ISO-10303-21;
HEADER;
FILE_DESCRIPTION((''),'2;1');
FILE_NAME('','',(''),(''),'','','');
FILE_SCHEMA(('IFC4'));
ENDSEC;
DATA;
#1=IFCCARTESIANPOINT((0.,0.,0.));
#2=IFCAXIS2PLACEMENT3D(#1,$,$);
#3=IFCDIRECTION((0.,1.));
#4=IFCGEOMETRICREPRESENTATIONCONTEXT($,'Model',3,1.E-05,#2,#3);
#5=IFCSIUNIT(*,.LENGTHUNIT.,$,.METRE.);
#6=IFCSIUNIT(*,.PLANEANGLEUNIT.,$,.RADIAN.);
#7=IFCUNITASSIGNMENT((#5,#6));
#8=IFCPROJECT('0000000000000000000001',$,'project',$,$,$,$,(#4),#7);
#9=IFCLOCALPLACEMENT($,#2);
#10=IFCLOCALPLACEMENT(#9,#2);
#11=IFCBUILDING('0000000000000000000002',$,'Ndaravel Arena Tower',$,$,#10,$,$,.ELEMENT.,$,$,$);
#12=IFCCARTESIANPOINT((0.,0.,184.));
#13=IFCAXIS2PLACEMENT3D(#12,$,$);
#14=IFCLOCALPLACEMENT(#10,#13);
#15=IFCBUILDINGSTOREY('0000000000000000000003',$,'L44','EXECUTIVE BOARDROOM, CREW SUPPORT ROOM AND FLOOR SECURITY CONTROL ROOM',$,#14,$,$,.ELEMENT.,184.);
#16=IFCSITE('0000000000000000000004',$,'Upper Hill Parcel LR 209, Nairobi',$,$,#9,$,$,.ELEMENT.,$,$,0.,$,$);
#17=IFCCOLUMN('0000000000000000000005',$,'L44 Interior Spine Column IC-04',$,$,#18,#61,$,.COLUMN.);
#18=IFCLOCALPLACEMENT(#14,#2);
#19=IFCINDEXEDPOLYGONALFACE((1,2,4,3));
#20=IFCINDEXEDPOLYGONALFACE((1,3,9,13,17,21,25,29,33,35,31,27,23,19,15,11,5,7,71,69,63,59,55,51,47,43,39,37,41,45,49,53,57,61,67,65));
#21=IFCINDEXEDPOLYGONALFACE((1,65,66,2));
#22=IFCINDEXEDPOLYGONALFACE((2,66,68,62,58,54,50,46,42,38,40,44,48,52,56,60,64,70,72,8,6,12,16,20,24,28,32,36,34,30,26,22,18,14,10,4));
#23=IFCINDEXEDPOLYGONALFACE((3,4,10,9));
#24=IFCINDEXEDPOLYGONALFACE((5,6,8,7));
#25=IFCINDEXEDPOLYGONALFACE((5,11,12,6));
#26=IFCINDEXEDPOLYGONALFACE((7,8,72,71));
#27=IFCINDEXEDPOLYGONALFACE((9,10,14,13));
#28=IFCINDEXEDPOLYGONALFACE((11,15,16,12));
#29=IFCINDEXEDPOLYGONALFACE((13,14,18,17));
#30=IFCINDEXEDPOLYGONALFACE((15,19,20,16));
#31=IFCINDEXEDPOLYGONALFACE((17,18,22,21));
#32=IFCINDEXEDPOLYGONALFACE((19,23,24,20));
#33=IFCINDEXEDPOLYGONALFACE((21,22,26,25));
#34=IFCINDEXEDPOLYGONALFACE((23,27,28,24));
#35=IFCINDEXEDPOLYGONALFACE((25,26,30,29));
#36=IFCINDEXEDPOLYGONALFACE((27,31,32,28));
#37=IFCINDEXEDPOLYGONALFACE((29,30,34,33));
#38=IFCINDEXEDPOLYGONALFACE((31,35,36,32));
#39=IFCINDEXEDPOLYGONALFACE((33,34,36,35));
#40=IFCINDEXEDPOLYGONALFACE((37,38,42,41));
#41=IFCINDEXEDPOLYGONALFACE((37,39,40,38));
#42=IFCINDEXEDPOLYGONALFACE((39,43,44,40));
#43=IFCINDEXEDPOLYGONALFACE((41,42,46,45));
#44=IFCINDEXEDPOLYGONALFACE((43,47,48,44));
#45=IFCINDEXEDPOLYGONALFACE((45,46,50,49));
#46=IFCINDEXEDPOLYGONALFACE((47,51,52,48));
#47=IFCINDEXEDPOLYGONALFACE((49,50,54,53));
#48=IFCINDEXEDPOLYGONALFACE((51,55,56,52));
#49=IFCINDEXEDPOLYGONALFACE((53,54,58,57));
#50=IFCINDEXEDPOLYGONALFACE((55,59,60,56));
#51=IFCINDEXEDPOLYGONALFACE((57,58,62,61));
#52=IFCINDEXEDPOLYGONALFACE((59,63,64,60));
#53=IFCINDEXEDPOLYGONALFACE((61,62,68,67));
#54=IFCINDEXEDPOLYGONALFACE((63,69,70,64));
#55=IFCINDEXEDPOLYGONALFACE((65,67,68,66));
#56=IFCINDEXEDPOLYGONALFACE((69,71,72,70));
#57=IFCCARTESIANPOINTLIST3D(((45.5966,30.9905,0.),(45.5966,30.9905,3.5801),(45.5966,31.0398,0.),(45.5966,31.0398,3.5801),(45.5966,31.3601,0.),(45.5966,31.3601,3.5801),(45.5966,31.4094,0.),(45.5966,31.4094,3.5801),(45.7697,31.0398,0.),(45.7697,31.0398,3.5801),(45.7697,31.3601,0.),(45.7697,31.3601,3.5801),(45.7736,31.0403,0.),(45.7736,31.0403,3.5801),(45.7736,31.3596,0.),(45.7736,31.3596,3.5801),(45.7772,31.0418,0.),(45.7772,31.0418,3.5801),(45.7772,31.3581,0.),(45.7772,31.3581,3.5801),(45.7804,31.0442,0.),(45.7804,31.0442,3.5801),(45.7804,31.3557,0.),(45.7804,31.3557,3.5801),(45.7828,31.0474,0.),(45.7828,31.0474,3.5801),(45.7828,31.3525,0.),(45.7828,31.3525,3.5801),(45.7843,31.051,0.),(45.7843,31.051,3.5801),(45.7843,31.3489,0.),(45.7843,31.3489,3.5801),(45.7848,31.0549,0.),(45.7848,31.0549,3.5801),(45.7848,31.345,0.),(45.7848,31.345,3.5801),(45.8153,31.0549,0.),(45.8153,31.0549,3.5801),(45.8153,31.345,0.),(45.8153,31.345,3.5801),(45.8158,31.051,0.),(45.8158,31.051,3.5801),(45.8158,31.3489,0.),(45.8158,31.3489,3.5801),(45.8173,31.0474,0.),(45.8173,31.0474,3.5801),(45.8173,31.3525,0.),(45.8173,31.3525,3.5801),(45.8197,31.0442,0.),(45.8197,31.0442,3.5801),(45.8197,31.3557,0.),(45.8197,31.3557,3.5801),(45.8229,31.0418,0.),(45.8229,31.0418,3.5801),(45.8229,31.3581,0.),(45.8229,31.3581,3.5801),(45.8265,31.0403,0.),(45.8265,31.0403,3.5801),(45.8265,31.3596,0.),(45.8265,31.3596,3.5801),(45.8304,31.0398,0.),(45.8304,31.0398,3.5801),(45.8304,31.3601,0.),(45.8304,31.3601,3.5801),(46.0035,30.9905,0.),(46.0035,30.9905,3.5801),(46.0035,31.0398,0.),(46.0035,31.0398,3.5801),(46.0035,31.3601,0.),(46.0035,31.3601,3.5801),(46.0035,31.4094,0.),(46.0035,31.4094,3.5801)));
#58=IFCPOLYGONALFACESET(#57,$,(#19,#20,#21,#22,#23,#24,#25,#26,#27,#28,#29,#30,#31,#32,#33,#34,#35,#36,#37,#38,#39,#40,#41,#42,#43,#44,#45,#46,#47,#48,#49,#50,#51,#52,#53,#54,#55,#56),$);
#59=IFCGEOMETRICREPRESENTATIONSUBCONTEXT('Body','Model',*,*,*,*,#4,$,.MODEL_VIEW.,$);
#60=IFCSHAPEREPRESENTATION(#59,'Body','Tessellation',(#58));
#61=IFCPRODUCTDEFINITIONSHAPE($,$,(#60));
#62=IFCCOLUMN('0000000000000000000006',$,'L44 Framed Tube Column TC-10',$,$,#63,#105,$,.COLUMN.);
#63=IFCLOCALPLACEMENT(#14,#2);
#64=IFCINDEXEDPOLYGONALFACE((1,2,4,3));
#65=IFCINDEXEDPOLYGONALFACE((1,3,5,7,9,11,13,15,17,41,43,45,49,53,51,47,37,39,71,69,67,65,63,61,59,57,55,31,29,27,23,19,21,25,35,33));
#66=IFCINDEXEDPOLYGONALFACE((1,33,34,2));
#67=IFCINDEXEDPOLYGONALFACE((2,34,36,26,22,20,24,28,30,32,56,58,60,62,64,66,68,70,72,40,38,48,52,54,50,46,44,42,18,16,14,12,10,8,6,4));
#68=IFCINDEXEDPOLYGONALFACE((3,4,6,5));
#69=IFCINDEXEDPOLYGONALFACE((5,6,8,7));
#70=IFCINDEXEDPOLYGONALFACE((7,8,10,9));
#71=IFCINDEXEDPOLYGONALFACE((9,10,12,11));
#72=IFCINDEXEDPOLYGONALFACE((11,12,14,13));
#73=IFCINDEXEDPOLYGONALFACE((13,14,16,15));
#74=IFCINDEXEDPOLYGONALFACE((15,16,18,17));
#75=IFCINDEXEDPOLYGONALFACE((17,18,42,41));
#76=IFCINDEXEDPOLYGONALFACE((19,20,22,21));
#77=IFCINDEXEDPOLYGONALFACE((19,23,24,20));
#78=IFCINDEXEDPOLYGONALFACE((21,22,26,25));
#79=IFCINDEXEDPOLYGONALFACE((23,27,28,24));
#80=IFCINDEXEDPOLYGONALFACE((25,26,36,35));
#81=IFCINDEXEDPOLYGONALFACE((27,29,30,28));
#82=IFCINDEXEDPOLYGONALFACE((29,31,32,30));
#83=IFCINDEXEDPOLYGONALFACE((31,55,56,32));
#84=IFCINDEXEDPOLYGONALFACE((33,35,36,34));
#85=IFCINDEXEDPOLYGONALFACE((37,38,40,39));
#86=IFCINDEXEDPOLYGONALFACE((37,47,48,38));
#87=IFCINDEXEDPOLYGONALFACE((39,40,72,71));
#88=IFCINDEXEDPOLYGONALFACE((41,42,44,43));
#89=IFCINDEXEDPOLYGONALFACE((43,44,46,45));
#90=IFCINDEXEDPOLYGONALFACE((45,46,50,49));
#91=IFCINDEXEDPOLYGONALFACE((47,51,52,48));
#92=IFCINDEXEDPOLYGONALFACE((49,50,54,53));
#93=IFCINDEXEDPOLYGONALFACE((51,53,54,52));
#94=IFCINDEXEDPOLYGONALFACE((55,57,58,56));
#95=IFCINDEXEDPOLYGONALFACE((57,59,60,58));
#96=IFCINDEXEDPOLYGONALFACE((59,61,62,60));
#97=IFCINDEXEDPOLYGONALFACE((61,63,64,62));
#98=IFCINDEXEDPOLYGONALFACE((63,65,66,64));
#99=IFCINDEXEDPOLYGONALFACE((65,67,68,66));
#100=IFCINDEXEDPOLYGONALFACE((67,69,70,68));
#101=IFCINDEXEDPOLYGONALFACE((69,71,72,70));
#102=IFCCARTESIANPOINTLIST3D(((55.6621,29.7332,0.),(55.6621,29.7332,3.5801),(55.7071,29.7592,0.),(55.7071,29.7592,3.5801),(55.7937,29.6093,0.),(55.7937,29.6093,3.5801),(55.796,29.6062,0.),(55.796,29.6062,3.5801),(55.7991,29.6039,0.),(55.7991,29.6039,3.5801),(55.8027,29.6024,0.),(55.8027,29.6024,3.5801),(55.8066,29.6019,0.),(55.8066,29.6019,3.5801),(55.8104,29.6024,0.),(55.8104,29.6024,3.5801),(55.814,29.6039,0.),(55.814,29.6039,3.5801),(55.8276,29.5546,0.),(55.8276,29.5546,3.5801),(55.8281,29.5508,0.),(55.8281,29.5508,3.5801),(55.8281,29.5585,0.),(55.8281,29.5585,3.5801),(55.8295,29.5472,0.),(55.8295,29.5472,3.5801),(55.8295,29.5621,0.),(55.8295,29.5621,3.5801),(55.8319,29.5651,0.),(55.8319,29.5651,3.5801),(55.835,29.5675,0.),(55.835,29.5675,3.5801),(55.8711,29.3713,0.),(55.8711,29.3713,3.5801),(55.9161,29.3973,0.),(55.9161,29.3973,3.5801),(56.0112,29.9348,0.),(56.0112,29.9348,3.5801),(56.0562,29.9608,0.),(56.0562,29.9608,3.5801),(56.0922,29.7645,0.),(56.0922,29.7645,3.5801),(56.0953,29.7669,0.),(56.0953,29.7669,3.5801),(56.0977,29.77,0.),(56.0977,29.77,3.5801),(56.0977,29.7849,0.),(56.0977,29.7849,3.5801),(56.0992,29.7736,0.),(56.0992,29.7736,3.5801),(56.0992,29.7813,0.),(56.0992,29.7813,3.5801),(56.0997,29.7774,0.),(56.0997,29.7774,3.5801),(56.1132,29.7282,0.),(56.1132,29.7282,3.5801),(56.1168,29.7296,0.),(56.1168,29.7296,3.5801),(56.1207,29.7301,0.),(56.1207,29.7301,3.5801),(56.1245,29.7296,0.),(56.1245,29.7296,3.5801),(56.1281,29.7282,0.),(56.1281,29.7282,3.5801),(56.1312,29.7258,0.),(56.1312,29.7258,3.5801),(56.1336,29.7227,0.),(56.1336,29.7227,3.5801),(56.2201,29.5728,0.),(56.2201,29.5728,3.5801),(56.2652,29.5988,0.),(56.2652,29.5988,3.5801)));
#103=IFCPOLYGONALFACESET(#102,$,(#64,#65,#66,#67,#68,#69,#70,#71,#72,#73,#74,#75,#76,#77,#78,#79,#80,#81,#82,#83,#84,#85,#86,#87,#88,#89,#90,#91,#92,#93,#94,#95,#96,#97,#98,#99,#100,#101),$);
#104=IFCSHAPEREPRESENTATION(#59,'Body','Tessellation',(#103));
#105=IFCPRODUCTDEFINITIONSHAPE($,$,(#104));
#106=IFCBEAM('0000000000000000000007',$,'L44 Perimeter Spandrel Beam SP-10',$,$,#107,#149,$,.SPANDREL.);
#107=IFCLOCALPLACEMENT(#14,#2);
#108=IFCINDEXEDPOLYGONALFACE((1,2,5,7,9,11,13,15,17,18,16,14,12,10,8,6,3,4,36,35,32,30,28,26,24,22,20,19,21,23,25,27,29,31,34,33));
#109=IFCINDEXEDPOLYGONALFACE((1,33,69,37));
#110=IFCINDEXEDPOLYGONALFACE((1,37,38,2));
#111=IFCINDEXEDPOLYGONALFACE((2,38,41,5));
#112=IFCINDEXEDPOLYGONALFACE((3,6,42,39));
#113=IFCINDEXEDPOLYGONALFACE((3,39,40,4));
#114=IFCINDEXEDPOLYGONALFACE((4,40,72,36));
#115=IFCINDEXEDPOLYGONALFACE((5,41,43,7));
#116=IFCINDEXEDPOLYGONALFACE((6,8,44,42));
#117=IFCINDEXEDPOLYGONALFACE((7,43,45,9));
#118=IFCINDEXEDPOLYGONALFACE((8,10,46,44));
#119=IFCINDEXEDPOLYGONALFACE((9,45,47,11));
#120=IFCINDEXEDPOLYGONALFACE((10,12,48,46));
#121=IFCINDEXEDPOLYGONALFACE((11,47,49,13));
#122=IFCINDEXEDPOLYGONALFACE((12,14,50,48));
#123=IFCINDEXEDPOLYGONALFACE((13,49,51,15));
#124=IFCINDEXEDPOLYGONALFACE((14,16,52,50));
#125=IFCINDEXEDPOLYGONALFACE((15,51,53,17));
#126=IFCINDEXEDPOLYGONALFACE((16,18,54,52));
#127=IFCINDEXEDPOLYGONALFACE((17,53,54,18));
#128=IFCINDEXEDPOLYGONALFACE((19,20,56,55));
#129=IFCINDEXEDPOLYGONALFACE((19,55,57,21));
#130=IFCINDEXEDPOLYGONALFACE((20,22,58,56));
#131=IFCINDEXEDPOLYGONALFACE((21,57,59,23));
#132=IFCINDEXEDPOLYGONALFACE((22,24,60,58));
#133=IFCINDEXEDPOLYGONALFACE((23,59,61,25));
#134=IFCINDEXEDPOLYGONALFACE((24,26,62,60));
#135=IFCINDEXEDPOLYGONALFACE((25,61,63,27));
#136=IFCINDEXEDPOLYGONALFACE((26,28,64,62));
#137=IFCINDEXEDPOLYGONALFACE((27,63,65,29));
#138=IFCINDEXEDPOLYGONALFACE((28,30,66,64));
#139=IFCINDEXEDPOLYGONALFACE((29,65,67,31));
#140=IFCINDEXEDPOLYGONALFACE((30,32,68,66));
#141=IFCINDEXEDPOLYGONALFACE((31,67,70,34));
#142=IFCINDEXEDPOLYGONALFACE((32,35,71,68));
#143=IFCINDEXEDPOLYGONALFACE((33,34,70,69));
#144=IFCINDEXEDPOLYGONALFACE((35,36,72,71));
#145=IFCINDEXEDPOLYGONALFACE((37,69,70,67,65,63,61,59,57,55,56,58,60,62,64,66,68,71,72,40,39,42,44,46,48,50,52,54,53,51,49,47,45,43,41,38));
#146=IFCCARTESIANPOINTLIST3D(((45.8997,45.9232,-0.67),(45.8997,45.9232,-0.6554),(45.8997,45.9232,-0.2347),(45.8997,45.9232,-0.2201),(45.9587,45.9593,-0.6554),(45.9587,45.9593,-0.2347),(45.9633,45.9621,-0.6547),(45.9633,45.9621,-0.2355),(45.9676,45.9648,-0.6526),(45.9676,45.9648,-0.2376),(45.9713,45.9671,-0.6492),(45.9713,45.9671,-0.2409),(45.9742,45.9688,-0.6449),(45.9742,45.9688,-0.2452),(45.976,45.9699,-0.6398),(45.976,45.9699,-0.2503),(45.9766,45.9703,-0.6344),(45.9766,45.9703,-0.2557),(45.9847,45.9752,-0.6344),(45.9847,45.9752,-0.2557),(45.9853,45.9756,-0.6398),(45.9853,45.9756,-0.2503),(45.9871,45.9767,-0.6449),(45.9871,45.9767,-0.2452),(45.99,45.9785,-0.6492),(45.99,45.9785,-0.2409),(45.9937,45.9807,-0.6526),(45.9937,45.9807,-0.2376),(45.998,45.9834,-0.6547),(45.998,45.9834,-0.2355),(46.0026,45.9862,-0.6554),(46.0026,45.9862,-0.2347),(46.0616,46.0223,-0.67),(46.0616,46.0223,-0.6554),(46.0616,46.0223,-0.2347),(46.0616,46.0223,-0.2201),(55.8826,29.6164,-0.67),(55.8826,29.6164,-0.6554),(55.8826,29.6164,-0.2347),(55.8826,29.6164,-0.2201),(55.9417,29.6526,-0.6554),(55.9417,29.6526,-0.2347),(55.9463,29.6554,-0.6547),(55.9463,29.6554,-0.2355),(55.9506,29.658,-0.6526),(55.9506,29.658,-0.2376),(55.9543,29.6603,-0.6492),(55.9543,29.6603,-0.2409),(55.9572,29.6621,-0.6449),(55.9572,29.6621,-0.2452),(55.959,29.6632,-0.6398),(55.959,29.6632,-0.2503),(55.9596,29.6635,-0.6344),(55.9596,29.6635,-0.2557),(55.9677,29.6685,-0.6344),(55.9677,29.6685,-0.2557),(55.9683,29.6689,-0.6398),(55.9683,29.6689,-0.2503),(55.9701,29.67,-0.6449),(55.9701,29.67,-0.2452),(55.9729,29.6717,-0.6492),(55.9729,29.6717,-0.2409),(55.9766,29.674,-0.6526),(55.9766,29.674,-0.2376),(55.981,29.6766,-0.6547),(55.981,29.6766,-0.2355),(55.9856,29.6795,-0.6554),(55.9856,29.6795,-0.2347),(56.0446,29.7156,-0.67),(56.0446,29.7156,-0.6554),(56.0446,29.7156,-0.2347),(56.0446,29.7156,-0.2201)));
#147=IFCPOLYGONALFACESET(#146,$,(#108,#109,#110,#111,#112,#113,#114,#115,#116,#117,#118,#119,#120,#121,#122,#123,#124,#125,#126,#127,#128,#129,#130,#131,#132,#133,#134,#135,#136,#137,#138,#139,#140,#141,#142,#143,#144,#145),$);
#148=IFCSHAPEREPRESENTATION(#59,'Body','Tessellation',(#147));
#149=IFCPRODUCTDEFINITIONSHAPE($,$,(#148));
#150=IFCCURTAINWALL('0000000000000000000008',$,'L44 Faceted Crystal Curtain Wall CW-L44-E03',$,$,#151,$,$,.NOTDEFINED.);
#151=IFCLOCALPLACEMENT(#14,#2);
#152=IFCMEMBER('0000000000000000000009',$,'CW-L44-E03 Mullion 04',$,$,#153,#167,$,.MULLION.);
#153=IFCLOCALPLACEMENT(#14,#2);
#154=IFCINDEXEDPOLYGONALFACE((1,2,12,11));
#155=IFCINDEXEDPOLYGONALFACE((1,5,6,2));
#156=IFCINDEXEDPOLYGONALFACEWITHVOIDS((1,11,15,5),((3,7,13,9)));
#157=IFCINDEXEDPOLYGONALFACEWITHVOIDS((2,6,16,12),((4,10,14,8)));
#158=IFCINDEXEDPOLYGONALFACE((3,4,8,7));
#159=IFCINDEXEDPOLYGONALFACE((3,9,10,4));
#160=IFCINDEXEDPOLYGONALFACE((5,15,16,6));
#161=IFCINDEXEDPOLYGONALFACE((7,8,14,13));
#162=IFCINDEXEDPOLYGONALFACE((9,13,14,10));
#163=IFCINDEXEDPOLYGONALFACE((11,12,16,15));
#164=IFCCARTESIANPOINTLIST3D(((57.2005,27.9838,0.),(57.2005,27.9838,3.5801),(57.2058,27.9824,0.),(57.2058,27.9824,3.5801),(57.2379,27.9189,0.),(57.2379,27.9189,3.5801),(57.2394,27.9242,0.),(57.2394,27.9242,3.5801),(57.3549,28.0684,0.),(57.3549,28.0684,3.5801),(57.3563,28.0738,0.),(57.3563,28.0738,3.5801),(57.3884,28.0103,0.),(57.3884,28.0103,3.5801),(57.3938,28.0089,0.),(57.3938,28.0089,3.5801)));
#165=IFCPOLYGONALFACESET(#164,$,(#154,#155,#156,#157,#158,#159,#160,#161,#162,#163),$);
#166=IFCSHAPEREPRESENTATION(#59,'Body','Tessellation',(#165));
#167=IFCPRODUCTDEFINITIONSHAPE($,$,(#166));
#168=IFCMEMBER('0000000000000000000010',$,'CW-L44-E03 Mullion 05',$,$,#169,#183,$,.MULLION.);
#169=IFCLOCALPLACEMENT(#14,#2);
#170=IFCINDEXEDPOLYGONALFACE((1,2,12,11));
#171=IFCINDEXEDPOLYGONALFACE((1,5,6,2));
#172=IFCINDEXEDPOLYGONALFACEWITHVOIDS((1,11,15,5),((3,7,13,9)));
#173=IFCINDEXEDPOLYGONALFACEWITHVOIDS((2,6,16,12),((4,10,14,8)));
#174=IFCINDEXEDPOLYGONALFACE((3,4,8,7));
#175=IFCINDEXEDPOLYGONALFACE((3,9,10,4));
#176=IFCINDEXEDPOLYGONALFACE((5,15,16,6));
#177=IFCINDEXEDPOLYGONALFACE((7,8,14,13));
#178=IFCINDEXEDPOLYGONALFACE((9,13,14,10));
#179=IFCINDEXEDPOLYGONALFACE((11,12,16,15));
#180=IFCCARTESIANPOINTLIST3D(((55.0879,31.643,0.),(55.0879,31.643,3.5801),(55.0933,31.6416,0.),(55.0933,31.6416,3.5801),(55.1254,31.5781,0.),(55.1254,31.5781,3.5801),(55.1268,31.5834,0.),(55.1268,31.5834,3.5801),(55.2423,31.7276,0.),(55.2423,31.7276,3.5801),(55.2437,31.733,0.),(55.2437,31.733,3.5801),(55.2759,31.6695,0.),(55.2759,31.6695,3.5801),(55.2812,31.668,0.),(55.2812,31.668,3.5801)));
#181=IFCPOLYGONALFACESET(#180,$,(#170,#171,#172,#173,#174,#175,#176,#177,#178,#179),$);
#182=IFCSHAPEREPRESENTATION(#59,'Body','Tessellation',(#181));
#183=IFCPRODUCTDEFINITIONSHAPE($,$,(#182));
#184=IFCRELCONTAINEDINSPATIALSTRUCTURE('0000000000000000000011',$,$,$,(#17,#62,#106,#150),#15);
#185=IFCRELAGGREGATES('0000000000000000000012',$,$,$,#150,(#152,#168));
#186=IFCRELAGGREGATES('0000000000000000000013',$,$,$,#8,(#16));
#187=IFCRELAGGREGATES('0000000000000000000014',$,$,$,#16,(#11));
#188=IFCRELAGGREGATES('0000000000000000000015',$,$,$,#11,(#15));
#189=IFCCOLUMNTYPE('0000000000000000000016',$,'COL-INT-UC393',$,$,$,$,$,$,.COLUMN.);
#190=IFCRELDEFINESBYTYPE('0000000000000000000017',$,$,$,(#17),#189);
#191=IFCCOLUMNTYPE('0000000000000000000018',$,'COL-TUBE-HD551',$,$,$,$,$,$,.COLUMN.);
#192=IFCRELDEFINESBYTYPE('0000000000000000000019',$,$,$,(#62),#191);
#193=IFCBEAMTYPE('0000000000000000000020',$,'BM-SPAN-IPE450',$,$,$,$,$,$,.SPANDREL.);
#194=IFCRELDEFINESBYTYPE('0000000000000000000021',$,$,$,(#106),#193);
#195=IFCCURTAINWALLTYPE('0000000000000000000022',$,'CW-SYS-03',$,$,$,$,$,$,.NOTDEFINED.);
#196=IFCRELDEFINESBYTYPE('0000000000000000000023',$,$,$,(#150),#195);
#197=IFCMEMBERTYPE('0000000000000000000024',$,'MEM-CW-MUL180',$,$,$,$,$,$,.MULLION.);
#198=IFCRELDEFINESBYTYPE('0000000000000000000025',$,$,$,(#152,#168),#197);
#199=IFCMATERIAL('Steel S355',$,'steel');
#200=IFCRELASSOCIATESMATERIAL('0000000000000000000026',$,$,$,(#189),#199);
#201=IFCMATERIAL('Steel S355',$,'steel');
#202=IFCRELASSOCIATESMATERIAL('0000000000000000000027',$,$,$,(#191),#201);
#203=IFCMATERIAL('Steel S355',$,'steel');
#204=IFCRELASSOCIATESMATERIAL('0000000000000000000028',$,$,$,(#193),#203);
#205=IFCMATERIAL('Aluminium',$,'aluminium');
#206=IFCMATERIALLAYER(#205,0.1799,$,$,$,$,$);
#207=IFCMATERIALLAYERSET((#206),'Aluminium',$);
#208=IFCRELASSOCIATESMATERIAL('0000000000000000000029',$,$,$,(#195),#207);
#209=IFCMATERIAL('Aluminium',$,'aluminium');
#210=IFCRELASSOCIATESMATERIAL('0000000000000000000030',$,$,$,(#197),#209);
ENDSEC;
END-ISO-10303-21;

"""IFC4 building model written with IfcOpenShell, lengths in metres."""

from ifc_helpers import new_model, si_unit, direction, frame, origin, origin_2d, place, context, subcontext, project, spatial, hollow_rectangle, i_section, extrude, material, layer, layer_set, material_profile, profile_set, type_object, element, aggregate, save


model = new_model("IFC4")

# Units and contexts
model_context = context("Model", 3, precision=1e-05, world=origin(), true_north=direction((0.0, 1.0)))
body_context = subcontext(model_context, "Body", "Model", "MODEL_VIEW")
ifc_project = project(units=[si_unit("LENGTHUNIT", "METRE"), si_unit("PLANEANGLEUNIT", "RADIAN")], contexts=[model_context])

# Site, building, storey
site_placement = place(None, origin())
site = spatial("IfcSite", under=ifc_project, at=site_placement, Name="Upper Hill Parcel LR 209, Nairobi", CompositionType="ELEMENT", RefElevation=0.0)
building_placement = place(site_placement, origin())
building = spatial("IfcBuilding", under=site, at=building_placement, Name="Ndaravel Arena Tower", CompositionType="ELEMENT")
storey_placement = place(building_placement, frame((0.0, 0.0, 184.0)))
storey = spatial("IfcBuildingStorey", under=building, at=storey_placement, Name="L44", Description="EXECUTIVE BOARDROOM, CREW SUPPORT ROOM AND FLOOR SECURITY CONTROL ROOM", CompositionType="ELEMENT", Elevation=184.0)

# Columns
ifc_material_1 = material(Name="Steel S355", Category="steel")
ifc_material_profile_1 = material_profile(ifc_material_1, i_section(OverallWidth=0.407, OverallDepth=0.4189, WebThickness=0.0305, FlangeThickness=0.0493, FilletRadius=0.0151, at=origin_2d()), Name="UC 356x406x393")
ifc_profile_set_1 = profile_set([ifc_material_profile_1], Name="Steel S355")
column_type_1 = type_object("IfcColumnType", Name="COL-INT-UC393", PredefinedType="COLUMN", material=ifc_profile_set_1)
column_1_placement = place(storey_placement, frame((45.8, 31.2, 0.0), z_axis=(0.0, 0.0, 1.0), x_axis=(1.0, 0.0, 0.0)))
element("IfcColumn", 1, at=column_1_placement, inside=storey, type_object=column_type_1, Name="L44 Interior Spine Column IC-04", PredefinedType="COLUMN", context=body_context, shape_type="SweptSolid", body=[
    extrude(i_section(OverallWidth=0.407, OverallDepth=0.4189, WebThickness=0.0305, FlangeThickness=0.0493, FilletRadius=0.0151, at=origin_2d()), origin(), (0.0, 0.0, 1.0), 3.5801),
])
ifc_material_2 = material(Name="Steel S355", Category="steel")
ifc_material_profile_2 = material_profile(ifc_material_2, i_section(OverallWidth=0.418, OverallDepth=0.4551, WebThickness=0.042, FlangeThickness=0.052, FilletRadius=0.0149, at=origin_2d()), Name="HD 400x551")
ifc_profile_set_2 = profile_set([ifc_material_profile_2], Name="Steel S355")
column_type_2 = type_object("IfcColumnType", Name="COL-TUBE-HD551", PredefinedType="COLUMN", material=ifc_profile_set_2)
column_2_placement = place(storey_placement, frame((55.9636, 29.666, 0.0), z_axis=(0.0, 0.0, 1.0), x_axis=(-0.5, 0.866025, 0.0)))
element("IfcColumn", 2, at=column_2_placement, inside=storey, type_object=column_type_2, Name="L44 Framed Tube Column TC-10", PredefinedType="COLUMN", context=body_context, shape_type="SweptSolid", body=[
    extrude(i_section(OverallWidth=0.418, OverallDepth=0.4551, WebThickness=0.042, FlangeThickness=0.052, FilletRadius=0.0149, at=origin_2d()), origin(), (0.0, 0.0, 1.0), 3.5801),
])

# Beam
ifc_material_3 = material(Name="Steel S355", Category="steel")
ifc_material_profile_3 = material_profile(ifc_material_3, i_section(OverallWidth=0.1899, OverallDepth=0.45, WebThickness=0.0095, FlangeThickness=0.0146, FilletRadius=0.021, at=origin_2d()), Name="IPE 450")
ifc_profile_set_3 = profile_set([ifc_material_profile_3], Name="Steel S355")
beam_type = type_object("IfcBeamType", Name="BM-SPAN-IPE450", PredefinedType="SPANDREL", material=ifc_profile_set_3)
beam_placement = place(storey_placement, frame((55.9636, 29.666, -0.4451), z_axis=(-0.522125, 0.852869, 0.0), x_axis=(-0.852869, -0.522125, 0.0)))
element("IfcBeam", 3, at=beam_placement, inside=storey, type_object=beam_type, Name="L44 Perimeter Spandrel Beam SP-10", PredefinedType="SPANDREL", context=body_context, shape_type="SweptSolid", body=[
    extrude(i_section(OverallWidth=0.1899, OverallDepth=0.45, WebThickness=0.0095, FlangeThickness=0.0146, FilletRadius=0.021, at=origin_2d()), origin(), (0.0, 0.0, 1.0), 19.1199),
])

# Curtain wall, members
ifc_material_4 = material(Name="Aluminium", Category="aluminium")
ifc_layer_1 = layer(ifc_material_4, 0.1799)
ifc_layer_set_1 = layer_set([ifc_layer_1], Name="Aluminium")
curtain_wall_type = type_object("IfcCurtainWallType", Name="CW-SYS-03", PredefinedType="NOTDEFINED", material=ifc_layer_set_1)
curtain_wall_placement = place(storey_placement, origin())
curtain_wall = element("IfcCurtainWall", 4, at=curtain_wall_placement, inside=storey, type_object=curtain_wall_type, Name="L44 Faceted Crystal Curtain Wall CW-L44-E03", PredefinedType="NOTDEFINED")
ifc_material_5 = material(Name="Aluminium", Category="aluminium")
ifc_material_profile_4 = material_profile(ifc_material_5, hollow_rectangle(XDim=0.075, YDim=0.1799, WallThickness=0.0039, at=origin_2d()), Name="CW MULLION 75x180x4")
ifc_profile_set_4 = profile_set([ifc_material_profile_4], Name="Aluminium")
member_type = type_object("IfcMemberType", Name="MEM-CW-MUL180", PredefinedType="MULLION", material=ifc_profile_set_4)
member_1_placement = place(storey_placement, frame((57.2971, 27.9963, 0.0), z_axis=(0.0, 0.0, 1.0), x_axis=(-0.5, 0.866025, 0.0)))
member_1 = element("IfcMember", 5, at=member_1_placement, type_object=member_type, Name="CW-L44-E03 Mullion 04", PredefinedType="MULLION", context=body_context, shape_type="SweptSolid", body=[
    extrude(hollow_rectangle(XDim=0.075, YDim=0.1799, WallThickness=0.0039, at=origin_2d()), origin(), (0.0, 0.0, 1.0), 3.5801),
])
member_2_placement = place(storey_placement, frame((55.1846, 31.6555, 0.0), z_axis=(0.0, 0.0, 1.0), x_axis=(-0.5, 0.866025, 0.0)))
member_2 = element("IfcMember", 6, at=member_2_placement, type_object=member_type, Name="CW-L44-E03 Mullion 05", PredefinedType="MULLION", context=body_context, shape_type="SweptSolid", body=[
    extrude(hollow_rectangle(XDim=0.075, YDim=0.1799, WallThickness=0.0039, at=origin_2d()), origin(), (0.0, 0.0, 1.0), 3.5801),
])
aggregate(curtain_wall, [member_1, member_2])

save(model, "model.ifc")
